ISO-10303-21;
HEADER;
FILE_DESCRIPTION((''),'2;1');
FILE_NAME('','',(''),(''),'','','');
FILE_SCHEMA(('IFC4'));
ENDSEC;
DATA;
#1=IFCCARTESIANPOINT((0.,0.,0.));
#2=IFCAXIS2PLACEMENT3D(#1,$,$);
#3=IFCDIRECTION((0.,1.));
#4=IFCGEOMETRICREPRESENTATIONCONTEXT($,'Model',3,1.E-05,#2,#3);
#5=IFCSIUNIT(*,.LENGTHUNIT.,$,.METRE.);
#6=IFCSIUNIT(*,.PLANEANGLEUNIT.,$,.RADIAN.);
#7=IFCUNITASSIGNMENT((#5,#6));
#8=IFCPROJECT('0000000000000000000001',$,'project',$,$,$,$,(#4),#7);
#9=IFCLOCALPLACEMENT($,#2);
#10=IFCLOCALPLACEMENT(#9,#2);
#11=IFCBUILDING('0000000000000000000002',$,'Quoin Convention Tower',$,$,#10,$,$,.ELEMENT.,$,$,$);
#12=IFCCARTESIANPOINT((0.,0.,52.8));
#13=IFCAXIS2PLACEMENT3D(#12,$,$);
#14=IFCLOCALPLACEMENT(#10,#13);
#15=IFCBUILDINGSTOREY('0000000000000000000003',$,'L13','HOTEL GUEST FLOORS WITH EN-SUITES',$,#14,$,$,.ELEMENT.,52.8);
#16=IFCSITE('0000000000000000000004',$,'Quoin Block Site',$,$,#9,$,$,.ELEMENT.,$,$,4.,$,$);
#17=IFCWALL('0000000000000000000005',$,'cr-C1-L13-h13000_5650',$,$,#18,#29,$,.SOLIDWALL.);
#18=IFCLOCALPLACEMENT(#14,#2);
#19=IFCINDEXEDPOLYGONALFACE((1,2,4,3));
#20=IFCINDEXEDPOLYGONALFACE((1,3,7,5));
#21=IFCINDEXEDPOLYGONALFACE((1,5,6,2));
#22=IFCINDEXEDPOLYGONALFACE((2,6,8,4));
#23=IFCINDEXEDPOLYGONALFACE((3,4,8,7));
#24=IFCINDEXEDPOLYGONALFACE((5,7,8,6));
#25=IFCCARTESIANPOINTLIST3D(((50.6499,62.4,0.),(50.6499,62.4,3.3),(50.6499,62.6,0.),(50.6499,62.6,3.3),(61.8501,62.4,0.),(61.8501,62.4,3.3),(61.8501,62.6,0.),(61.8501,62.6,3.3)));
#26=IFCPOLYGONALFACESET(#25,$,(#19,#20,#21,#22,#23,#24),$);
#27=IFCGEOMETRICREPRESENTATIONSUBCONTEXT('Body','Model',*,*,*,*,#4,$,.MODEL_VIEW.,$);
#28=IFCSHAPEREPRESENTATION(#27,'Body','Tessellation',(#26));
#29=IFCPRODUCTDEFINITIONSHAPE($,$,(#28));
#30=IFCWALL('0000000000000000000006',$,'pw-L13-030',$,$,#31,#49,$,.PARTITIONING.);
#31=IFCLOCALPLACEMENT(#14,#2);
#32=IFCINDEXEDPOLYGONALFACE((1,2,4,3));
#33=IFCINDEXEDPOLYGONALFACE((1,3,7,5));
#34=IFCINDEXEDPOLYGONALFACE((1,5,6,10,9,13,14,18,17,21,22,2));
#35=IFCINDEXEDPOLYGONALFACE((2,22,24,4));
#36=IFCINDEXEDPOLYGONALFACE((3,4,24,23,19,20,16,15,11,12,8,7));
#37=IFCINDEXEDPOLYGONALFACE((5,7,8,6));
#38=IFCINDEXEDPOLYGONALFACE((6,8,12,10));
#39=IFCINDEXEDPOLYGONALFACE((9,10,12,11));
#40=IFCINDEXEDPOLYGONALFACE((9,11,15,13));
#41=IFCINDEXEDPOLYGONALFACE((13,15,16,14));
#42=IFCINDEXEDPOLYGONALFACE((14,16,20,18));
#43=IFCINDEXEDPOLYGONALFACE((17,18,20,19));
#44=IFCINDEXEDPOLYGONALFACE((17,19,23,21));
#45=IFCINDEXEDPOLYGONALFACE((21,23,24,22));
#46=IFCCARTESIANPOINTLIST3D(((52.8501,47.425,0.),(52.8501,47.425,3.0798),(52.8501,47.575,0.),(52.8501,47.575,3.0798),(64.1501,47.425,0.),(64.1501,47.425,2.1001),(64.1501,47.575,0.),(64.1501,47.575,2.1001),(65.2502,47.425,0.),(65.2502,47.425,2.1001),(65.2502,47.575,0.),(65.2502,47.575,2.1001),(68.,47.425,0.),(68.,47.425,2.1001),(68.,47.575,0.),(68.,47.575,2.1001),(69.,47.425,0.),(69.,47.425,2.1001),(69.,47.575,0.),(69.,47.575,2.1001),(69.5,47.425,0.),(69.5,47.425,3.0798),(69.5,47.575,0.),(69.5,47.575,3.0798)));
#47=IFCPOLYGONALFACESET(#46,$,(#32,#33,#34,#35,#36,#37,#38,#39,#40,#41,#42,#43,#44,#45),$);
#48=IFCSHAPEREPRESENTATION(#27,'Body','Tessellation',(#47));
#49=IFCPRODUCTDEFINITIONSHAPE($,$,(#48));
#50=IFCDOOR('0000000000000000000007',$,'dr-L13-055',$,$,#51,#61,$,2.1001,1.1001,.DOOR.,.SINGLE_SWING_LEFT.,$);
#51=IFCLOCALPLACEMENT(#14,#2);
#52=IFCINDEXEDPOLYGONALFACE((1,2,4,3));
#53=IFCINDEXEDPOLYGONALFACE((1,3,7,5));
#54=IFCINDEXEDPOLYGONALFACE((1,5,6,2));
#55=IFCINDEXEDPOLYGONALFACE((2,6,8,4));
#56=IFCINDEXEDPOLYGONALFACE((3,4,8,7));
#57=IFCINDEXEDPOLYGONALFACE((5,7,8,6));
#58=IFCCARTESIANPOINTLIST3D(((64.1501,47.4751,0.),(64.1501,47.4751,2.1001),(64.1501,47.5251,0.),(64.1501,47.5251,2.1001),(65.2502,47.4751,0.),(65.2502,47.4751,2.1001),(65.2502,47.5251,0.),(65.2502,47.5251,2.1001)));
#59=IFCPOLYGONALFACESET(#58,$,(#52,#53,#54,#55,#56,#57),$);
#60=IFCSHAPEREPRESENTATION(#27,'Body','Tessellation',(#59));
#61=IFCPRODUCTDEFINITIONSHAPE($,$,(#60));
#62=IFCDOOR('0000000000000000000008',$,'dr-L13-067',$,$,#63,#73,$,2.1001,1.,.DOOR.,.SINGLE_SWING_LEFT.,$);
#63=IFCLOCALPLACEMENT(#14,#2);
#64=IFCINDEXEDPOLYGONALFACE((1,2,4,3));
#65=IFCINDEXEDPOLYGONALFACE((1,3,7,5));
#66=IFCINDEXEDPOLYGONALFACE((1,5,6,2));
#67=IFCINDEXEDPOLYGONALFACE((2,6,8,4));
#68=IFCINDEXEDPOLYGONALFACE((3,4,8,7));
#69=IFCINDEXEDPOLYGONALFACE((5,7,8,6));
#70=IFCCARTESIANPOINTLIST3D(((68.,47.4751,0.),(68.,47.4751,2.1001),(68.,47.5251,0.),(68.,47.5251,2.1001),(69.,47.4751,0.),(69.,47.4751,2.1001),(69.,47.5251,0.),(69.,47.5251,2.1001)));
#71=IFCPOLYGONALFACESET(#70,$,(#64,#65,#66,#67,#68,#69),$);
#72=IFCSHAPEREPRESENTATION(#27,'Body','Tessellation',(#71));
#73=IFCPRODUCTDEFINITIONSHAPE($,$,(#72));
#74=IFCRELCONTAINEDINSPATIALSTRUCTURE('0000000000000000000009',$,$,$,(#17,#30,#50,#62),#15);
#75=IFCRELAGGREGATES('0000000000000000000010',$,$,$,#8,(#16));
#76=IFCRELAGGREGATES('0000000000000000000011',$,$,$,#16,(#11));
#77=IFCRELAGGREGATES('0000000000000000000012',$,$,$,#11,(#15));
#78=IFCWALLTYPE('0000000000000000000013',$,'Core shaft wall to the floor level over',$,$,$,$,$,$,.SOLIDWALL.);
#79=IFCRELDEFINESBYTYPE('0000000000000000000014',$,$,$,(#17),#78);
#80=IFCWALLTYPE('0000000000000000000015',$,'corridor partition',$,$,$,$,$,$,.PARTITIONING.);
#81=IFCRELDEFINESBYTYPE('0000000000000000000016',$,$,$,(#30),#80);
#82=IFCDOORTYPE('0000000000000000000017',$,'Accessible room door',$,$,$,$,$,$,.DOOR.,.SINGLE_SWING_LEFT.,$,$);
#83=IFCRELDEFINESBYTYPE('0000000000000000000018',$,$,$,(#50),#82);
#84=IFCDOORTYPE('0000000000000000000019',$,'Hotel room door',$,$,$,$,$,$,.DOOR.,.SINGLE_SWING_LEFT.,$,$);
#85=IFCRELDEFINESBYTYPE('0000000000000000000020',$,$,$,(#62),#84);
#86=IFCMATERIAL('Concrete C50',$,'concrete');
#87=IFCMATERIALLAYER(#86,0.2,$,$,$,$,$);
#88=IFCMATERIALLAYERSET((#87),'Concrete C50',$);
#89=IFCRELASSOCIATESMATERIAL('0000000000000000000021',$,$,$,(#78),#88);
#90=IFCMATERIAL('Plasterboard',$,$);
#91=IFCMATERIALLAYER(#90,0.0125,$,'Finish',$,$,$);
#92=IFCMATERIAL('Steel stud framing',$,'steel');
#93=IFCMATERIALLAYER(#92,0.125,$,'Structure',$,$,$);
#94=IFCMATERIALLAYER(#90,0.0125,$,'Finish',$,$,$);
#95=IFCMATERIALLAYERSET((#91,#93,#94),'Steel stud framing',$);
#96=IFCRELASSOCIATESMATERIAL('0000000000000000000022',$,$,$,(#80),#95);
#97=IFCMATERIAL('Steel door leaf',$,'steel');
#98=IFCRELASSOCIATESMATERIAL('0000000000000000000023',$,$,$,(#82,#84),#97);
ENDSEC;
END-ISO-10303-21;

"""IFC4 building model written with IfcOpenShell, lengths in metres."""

from ifc_helpers import new_model, si_unit, direction, frame, frame_2d, origin, place, context, subcontext, project, spatial, rectangle, extrude, material, layer, layer_set, type_object, element, fill, save


model = new_model("IFC4")

# Units and contexts
model_context = context("Model", 3, precision=1e-05, world=origin(), true_north=direction((0.0, 1.0)))
body_context = subcontext(model_context, "Body", "Model", "MODEL_VIEW")
ifc_project = project(units=[si_unit("LENGTHUNIT", "METRE"), si_unit("PLANEANGLEUNIT", "RADIAN")], contexts=[model_context])

# Site, building, storey
site_placement = place(None, origin())
site = spatial("IfcSite", under=ifc_project, at=site_placement, Name="Quoin Block Site", CompositionType="ELEMENT", RefElevation=4.0)
building_placement = place(site_placement, origin())
building = spatial("IfcBuilding", under=site, at=building_placement, Name="Quoin Convention Tower", CompositionType="ELEMENT")
storey_placement = place(building_placement, frame((0.0, 0.0, 52.8)))
storey = spatial("IfcBuildingStorey", under=building, at=storey_placement, Name="L13", Description="HOTEL GUEST FLOORS WITH EN-SUITES", CompositionType="ELEMENT", Elevation=52.8)

# Shared definitions
ifc_material_1 = material(Name="Plasterboard")
ifc_material_2 = material(Name="Steel stud framing", Category="steel")
ifc_material_3 = material(Name="Steel door leaf", Category="steel")

# Wall
ifc_material_4 = material(Name="Concrete C50", Category="concrete")
ifc_layer_1 = layer(ifc_material_4, 0.2)
ifc_layer_set_1 = layer_set([ifc_layer_1], Name="Concrete C50")
wall_type_1 = type_object("IfcWallType", Name="Core shaft wall to the floor level over", PredefinedType="SOLIDWALL", material=ifc_layer_set_1)
wall_1_placement = place(storey_placement, frame((50.6499, 62.5, 0.0), z_axis=(0.0, 0.0, 1.0), x_axis=(1.0, 0.0, 0.0)))
element("IfcWall", 1, at=wall_1_placement, inside=storey, type_object=wall_type_1, Name="cr-C1-L13-h13000_5650", PredefinedType="SOLIDWALL", context=body_context, shape_type="SweptSolid", body=[
    extrude(rectangle(XDim=11.2002, YDim=0.2, at=frame_2d((5.6001, 0.0))), origin(), (0.0, 0.0, 1.0), 3.3),
])

# Wall, openings, doors
ifc_layer_2 = layer(ifc_material_1, 0.0125, Name="Finish")
ifc_layer_3 = layer(ifc_material_2, 0.125, Name="Structure")
ifc_layer_4 = layer(ifc_material_1, 0.0125, Name="Finish")
ifc_layer_set_2 = layer_set([ifc_layer_2, ifc_layer_3, ifc_layer_4], Name="Steel stud framing")
wall_type_2 = type_object("IfcWallType", Name="corridor partition", PredefinedType="PARTITIONING", material=ifc_layer_set_2)
wall_2_placement = place(storey_placement, frame((52.8501, 47.5, 0.0), z_axis=(0.0, 0.0, 1.0), x_axis=(1.0, 0.0, 0.0)))
wall_2 = element("IfcWall", 2, at=wall_2_placement, inside=storey, type_object=wall_type_2, Name="pw-L13-030", PredefinedType="PARTITIONING", context=body_context, shape_type="SweptSolid", body=[
    extrude(rectangle(XDim=16.6499, YDim=0.1499, at=frame_2d((8.325, 0.0))), origin(), (0.0, 0.0, 1.0), 3.0798),
])
opening_1_placement = place(wall_2_placement, frame((11.3, 0.0, 0.0)))
opening_1 = element("IfcOpeningElement", 3, at=opening_1_placement, cuts=wall_2, PredefinedType="OPENING", context=body_context, shape_type="SweptSolid", body=[
    extrude(rectangle(XDim=1.1001, YDim=2.1001, at=frame_2d((0.55, 1.05))), frame((0.0, 0.085, 0.0), z_axis=(0.0, -1.0, 0.0), x_axis=(1.0, 0.0, 0.0)), (0.0, 0.0, 1.0), 0.1699),
])
opening_2_placement = place(wall_2_placement, frame((15.1499, 0.0, 0.0)))
opening_2 = element("IfcOpeningElement", 4, at=opening_2_placement, cuts=wall_2, PredefinedType="OPENING", context=body_context, shape_type="SweptSolid", body=[
    extrude(rectangle(XDim=1.0, YDim=2.1001, at=frame_2d((0.5, 1.05))), frame((0.0, 0.085, 0.0), z_axis=(0.0, -1.0, 0.0), x_axis=(1.0, 0.0, 0.0)), (0.0, 0.0, 1.0), 0.1699),
])
door_type_1 = type_object("IfcDoorType", Name="Accessible room door", OperationType="SINGLE_SWING_LEFT", PredefinedType="DOOR", material=ifc_material_3)
door_1_placement = place(opening_1_placement, frame((1.1001, 0.0, 0.0), z_axis=(0.0, 0.0, 1.0), x_axis=(-1.0, 0.0, 0.0)))
door_1 = element("IfcDoor", 5, at=door_1_placement, inside=storey, type_object=door_type_1, Name="dr-L13-055", OperationType="SINGLE_SWING_LEFT", OverallHeight=2.1001, OverallWidth=1.1001, PredefinedType="DOOR", context=body_context, shape_type="SweptSolid", body=[
    extrude(rectangle(XDim=1.1001, YDim=2.1001, at=frame_2d((0.55, 1.05))), frame((0.0, 0.0249, 0.0), z_axis=(0.0, -1.0, 0.0), x_axis=(1.0, 0.0, 0.0)), (0.0, 0.0, 1.0), 0.05),
])
fill(opening_1, door_1)
door_type_2 = type_object("IfcDoorType", Name="Hotel room door", OperationType="SINGLE_SWING_LEFT", PredefinedType="DOOR", material=ifc_material_3)
door_2_placement = place(opening_2_placement, frame((1.0, 0.0, 0.0), z_axis=(0.0, 0.0, 1.0), x_axis=(-1.0, 0.0, 0.0)))
door_2 = element("IfcDoor", 6, at=door_2_placement, inside=storey, type_object=door_type_2, Name="dr-L13-067", OperationType="SINGLE_SWING_LEFT", OverallHeight=2.1001, OverallWidth=1.0, PredefinedType="DOOR", context=body_context, shape_type="SweptSolid", body=[
    extrude(rectangle(XDim=1.0, YDim=2.1001, at=frame_2d((0.5, 1.05))), frame((0.0, 0.0249, 0.0), z_axis=(0.0, -1.0, 0.0), x_axis=(1.0, 0.0, 0.0)), (0.0, 0.0, 1.0), 0.05),
])
fill(opening_2, door_2)

save(model, "model.ifc")
